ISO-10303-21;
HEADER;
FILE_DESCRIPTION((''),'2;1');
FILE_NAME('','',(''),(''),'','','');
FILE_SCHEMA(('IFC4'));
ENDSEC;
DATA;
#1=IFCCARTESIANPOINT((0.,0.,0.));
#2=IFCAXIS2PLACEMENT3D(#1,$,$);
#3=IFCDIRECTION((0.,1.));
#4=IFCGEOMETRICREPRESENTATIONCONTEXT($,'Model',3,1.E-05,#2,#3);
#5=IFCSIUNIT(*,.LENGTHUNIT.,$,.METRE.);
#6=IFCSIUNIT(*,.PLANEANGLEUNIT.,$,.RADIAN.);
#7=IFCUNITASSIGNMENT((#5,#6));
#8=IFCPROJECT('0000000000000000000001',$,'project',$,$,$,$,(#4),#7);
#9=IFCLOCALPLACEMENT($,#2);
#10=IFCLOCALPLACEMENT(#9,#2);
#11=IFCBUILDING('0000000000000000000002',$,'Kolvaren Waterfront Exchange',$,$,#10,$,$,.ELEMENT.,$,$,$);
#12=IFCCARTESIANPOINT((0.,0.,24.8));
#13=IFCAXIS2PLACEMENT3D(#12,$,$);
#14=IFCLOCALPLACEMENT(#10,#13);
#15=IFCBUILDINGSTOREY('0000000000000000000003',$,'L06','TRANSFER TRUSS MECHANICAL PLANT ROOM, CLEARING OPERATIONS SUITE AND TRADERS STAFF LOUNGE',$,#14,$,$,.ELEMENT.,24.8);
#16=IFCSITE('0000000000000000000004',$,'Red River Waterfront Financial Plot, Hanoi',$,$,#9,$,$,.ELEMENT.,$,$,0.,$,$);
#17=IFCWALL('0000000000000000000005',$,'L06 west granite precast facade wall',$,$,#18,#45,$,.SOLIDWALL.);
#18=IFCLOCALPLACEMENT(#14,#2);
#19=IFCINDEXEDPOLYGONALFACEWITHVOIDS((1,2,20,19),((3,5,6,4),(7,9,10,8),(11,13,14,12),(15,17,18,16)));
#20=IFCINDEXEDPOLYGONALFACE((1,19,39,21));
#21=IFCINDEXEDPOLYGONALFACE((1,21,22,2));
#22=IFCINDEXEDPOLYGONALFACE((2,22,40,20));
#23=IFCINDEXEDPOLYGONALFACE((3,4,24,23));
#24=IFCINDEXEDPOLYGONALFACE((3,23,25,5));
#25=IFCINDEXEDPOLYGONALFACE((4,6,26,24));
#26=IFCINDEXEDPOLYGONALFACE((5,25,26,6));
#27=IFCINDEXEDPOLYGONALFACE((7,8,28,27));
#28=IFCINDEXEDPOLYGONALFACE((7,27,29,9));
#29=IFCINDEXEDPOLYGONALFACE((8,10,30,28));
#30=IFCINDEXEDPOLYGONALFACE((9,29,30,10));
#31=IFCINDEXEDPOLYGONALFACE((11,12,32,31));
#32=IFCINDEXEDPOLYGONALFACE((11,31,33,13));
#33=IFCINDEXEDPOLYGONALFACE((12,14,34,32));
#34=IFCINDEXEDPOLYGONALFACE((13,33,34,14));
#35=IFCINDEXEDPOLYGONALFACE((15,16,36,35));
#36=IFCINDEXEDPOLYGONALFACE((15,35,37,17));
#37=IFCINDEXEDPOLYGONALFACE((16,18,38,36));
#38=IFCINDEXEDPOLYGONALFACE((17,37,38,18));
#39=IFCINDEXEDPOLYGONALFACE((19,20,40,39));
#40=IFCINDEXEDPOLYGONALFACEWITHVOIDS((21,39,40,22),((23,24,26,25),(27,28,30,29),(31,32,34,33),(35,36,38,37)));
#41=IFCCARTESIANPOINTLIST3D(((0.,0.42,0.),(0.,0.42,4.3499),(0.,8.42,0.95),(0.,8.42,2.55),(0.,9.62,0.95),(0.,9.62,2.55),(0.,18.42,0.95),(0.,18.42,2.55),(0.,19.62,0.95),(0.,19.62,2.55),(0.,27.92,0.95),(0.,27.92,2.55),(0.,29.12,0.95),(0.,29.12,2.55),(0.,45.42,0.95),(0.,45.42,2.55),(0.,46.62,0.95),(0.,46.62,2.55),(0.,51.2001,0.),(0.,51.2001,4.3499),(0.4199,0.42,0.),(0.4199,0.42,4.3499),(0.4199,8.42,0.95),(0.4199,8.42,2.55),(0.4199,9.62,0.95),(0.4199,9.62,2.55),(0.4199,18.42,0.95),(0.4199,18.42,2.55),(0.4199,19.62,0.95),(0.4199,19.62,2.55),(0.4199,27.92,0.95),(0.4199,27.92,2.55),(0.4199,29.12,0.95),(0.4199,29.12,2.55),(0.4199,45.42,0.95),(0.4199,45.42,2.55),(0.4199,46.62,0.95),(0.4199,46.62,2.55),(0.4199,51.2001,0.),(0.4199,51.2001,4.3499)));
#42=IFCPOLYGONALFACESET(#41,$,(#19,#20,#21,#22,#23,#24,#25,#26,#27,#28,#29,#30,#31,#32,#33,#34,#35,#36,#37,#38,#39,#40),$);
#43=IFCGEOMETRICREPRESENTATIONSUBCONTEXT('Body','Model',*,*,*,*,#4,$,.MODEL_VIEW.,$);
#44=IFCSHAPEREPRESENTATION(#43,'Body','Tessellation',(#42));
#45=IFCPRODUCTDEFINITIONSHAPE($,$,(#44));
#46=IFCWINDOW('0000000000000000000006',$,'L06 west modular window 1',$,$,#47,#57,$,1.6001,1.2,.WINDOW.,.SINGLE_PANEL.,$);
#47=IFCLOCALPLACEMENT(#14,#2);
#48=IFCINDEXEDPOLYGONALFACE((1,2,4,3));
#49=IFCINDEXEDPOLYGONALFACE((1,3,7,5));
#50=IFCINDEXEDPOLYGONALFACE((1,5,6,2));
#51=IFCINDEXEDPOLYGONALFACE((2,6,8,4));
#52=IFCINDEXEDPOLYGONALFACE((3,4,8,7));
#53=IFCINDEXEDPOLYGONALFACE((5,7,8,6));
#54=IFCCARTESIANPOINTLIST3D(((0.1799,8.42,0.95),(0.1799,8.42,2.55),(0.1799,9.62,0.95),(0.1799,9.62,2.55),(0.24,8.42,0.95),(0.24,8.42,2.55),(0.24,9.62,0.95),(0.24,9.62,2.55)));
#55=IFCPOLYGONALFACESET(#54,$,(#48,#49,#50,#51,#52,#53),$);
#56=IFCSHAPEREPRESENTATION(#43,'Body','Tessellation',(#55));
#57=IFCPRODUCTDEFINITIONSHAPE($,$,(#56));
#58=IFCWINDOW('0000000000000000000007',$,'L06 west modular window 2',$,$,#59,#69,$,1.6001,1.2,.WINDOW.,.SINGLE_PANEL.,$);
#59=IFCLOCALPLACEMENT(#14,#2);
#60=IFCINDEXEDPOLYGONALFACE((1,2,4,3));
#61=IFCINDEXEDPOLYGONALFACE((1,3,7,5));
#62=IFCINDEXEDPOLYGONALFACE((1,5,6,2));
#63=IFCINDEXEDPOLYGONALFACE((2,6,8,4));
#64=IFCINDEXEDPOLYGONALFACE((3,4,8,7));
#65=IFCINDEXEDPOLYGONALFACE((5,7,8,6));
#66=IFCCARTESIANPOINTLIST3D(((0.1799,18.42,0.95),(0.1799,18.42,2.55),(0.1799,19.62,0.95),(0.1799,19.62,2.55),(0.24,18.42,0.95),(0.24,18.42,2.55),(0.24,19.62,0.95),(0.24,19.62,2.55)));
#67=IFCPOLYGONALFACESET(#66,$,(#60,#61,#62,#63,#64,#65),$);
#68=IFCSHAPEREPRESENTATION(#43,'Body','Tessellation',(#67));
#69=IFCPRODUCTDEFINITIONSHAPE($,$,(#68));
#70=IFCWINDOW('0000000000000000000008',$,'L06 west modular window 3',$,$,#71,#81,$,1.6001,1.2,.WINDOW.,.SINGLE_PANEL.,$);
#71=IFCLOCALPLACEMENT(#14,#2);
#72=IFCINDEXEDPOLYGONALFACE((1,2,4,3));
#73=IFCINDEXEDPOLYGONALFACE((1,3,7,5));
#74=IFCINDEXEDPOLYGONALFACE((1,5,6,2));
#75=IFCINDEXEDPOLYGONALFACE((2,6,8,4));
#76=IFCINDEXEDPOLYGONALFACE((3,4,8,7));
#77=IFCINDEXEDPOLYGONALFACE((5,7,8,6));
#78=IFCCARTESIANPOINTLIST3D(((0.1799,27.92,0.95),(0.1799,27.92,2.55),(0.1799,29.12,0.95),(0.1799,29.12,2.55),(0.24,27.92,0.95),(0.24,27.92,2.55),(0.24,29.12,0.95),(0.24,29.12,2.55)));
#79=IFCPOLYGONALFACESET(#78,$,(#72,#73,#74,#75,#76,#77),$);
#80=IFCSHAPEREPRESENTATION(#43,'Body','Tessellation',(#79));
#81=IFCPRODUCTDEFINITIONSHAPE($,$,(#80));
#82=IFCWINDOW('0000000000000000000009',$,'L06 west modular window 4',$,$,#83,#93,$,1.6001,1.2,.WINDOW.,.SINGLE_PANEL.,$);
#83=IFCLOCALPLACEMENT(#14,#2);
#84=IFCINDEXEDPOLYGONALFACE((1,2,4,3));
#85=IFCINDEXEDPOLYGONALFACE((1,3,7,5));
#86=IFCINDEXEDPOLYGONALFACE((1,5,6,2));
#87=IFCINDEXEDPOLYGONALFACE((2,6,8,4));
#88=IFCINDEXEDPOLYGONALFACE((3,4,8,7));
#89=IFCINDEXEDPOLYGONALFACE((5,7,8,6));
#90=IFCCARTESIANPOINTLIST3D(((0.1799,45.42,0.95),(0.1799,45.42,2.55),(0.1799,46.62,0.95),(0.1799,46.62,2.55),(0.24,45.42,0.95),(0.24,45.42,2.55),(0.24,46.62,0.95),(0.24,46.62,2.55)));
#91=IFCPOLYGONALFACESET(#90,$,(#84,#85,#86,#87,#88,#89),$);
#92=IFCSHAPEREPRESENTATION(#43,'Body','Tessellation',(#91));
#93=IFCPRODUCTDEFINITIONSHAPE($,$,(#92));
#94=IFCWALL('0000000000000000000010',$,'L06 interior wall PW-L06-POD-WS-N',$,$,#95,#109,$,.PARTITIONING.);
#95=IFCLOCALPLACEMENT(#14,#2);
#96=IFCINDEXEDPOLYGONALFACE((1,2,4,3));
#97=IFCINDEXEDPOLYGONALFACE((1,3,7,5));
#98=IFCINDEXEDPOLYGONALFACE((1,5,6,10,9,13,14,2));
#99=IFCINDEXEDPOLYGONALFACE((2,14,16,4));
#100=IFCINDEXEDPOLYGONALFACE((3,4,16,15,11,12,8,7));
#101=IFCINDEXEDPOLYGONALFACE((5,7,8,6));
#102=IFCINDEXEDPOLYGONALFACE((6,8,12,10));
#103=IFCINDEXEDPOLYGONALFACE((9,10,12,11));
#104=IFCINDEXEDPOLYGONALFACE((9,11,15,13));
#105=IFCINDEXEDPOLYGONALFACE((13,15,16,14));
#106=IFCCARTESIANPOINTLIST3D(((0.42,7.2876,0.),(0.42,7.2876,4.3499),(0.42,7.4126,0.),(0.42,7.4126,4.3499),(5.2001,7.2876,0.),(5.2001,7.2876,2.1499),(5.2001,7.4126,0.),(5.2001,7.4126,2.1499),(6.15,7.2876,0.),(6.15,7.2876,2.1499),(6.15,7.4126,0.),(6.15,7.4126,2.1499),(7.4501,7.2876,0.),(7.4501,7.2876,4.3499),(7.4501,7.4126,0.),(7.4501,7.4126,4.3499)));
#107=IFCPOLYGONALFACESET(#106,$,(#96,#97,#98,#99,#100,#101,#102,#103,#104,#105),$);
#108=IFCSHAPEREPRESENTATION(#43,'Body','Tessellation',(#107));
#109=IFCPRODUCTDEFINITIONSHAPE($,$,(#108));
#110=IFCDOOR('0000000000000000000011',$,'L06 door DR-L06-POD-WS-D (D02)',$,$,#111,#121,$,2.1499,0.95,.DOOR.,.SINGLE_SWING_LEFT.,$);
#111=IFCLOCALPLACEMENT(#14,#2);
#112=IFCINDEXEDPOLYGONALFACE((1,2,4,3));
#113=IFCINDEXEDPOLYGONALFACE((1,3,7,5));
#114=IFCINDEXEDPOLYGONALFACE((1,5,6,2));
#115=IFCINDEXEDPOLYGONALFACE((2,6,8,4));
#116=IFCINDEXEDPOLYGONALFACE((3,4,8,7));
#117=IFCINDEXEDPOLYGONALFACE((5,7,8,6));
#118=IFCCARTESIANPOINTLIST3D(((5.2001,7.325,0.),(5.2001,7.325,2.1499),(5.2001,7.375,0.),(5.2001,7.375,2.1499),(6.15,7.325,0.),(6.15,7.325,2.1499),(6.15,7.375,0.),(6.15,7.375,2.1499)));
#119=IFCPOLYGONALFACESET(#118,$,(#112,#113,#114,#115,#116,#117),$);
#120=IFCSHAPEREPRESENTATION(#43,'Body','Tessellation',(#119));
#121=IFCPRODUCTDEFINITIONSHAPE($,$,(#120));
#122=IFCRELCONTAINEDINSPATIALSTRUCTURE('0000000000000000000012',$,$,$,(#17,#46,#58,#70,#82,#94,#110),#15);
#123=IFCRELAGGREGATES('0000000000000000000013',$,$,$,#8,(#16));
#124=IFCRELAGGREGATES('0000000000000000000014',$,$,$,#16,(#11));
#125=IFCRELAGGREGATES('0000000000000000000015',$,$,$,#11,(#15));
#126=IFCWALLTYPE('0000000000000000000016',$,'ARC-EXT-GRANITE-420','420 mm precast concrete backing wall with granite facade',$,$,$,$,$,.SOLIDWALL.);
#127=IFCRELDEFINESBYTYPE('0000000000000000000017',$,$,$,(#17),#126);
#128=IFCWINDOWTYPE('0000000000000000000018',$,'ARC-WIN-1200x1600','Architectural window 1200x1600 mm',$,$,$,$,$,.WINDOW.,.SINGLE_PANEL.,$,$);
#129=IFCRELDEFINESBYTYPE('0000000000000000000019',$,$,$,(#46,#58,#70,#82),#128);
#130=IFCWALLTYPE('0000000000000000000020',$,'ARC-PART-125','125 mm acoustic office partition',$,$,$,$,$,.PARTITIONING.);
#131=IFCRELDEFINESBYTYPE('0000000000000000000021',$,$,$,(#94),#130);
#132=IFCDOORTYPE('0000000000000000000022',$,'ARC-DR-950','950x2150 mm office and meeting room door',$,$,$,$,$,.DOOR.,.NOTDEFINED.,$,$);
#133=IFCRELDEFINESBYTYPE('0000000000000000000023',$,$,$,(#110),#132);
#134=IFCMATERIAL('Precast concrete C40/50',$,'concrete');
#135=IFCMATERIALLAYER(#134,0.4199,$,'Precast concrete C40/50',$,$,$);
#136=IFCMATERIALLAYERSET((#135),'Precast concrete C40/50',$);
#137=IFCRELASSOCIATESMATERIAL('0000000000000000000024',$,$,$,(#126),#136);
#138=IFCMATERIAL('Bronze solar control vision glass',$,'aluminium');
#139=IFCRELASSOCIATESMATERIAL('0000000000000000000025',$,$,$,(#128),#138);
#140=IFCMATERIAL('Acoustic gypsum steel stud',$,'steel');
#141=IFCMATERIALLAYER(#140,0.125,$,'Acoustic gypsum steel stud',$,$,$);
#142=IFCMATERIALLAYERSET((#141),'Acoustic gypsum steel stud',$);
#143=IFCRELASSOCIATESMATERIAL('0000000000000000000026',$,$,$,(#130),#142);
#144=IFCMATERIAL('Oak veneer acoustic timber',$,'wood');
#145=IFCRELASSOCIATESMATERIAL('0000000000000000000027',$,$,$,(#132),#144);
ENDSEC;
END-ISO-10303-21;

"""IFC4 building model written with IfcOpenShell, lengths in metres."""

from ifc_helpers import new_model, si_unit, direction, frame, frame_2d, origin, place, context, subcontext, project, spatial, rectangle, extrude, material, layer, layer_set, type_object, element, fill, save


model = new_model("IFC4")

# Units and contexts
model_context = context("Model", 3, precision=1e-05, world=origin(), true_north=direction((0.0, 1.0)))
body_context = subcontext(model_context, "Body", "Model", "MODEL_VIEW")
ifc_project = project(units=[si_unit("LENGTHUNIT", "METRE"), si_unit("PLANEANGLEUNIT", "RADIAN")], contexts=[model_context])

# Site, building, storey
site_placement = place(None, origin())
site = spatial("IfcSite", under=ifc_project, at=site_placement, Name="Red River Waterfront Financial Plot, Hanoi", CompositionType="ELEMENT", RefElevation=0.0)
building_placement = place(site_placement, origin())
building = spatial("IfcBuilding", under=site, at=building_placement, Name="Kolvaren Waterfront Exchange", CompositionType="ELEMENT")
storey_placement = place(building_placement, frame((0.0, 0.0, 24.8)))
storey = spatial("IfcBuildingStorey", under=building, at=storey_placement, Name="L06", Description="TRANSFER TRUSS MECHANICAL PLANT ROOM, CLEARING OPERATIONS SUITE AND TRADERS STAFF LOUNGE", CompositionType="ELEMENT", Elevation=24.8)

# Wall, openings, windows
ifc_material_1 = material(Name="Precast concrete C40/50", Category="concrete")
ifc_layer_1 = layer(ifc_material_1, 0.4199, Name="Precast concrete C40/50")
ifc_layer_set_1 = layer_set([ifc_layer_1], Name="Precast concrete C40/50")
wall_type_1 = type_object("IfcWallType", Name="ARC-EXT-GRANITE-420", Description="420 mm precast concrete backing wall with granite facade", PredefinedType="SOLIDWALL", material=ifc_layer_set_1)
ifc_material_2 = material(Name="Bronze solar control vision glass", Category="aluminium")
window_type = type_object("IfcWindowType", Name="ARC-WIN-1200x1600", Description="Architectural window 1200x1600 mm", PartitioningType="SINGLE_PANEL", PredefinedType="WINDOW", material=ifc_material_2)
wall_1_placement = place(storey_placement, frame((0.21, 0.4199, 0.0), z_axis=(0.0, 0.0, 1.0), x_axis=(0.0, 1.0, 0.0)))
wall_1 = element("IfcWall", 1, at=wall_1_placement, inside=storey, type_object=wall_type_1, Name="L06 west granite precast facade wall", PredefinedType="SOLIDWALL", context=body_context, shape_type="SweptSolid", body=[
    extrude(rectangle(XDim=50.78, YDim=0.4199, at=frame_2d((25.3901, 0.0))), origin(), (0.0, 0.0, 1.0), 4.3499),
])
opening_1_placement = place(wall_1_placement, frame((8.0, 0.0, 0.95)))
opening_1 = element("IfcOpeningElement", 2, at=opening_1_placement, cuts=wall_1, PredefinedType="OPENING", context=body_context, shape_type="SweptSolid", body=[
    extrude(rectangle(XDim=1.2, YDim=1.6001, at=frame_2d((0.6001, 0.8))), frame((0.0, 0.22, 0.0), z_axis=(0.0, -1.0, 0.0), x_axis=(1.0, 0.0, 0.0)), (0.0, 0.0, 1.0), 0.4399),
])
opening_2_placement = place(wall_1_placement, frame((18.0, 0.0, 0.95)))
opening_2 = element("IfcOpeningElement", 3, at=opening_2_placement, cuts=wall_1, PredefinedType="OPENING", context=body_context, shape_type="SweptSolid", body=[
    extrude(rectangle(XDim=1.2, YDim=1.6001, at=frame_2d((0.6001, 0.8))), frame((0.0, 0.22, 0.0), z_axis=(0.0, -1.0, 0.0), x_axis=(1.0, 0.0, 0.0)), (0.0, 0.0, 1.0), 0.4399),
])
opening_3_placement = place(wall_1_placement, frame((27.5, 0.0, 0.95)))
opening_3 = element("IfcOpeningElement", 4, at=opening_3_placement, cuts=wall_1, PredefinedType="OPENING", context=body_context, shape_type="SweptSolid", body=[
    extrude(rectangle(XDim=1.2, YDim=1.6001, at=frame_2d((0.6001, 0.8))), frame((0.0, 0.22, 0.0), z_axis=(0.0, -1.0, 0.0), x_axis=(1.0, 0.0, 0.0)), (0.0, 0.0, 1.0), 0.4399),
])
opening_4_placement = place(wall_1_placement, frame((45.0, 0.0, 0.95)))
opening_4 = element("IfcOpeningElement", 5, at=opening_4_placement, cuts=wall_1, PredefinedType="OPENING", context=body_context, shape_type="SweptSolid", body=[
    extrude(rectangle(XDim=1.2, YDim=1.6001, at=frame_2d((0.6001, 0.8))), frame((0.0, 0.22, 0.0), z_axis=(0.0, -1.0, 0.0), x_axis=(1.0, 0.0, 0.0)), (0.0, 0.0, 1.0), 0.4399),
])
window_1_placement = place(opening_1_placement, origin())
window_1 = element("IfcWindow", 6, at=window_1_placement, inside=storey, type_object=window_type, Name="L06 west modular window 1", OverallHeight=1.6001, OverallWidth=1.2, PartitioningType="SINGLE_PANEL", PredefinedType="WINDOW", context=body_context, shape_type="SweptSolid", body=[
    extrude(rectangle(XDim=1.2, YDim=1.6001, at=frame_2d((0.6001, 0.8))), frame((0.0, 0.03, 0.0), z_axis=(0.0, -1.0, 0.0), x_axis=(1.0, 0.0, 0.0)), (0.0, 0.0, 1.0), 0.0601),
])
fill(opening_1, window_1)
window_2_placement = place(opening_2_placement, origin())
window_2 = element("IfcWindow", 7, at=window_2_placement, inside=storey, type_object=window_type, Name="L06 west modular window 2", OverallHeight=1.6001, OverallWidth=1.2, PartitioningType="SINGLE_PANEL", PredefinedType="WINDOW", context=body_context, shape_type="SweptSolid", body=[
    extrude(rectangle(XDim=1.2, YDim=1.6001, at=frame_2d((0.6001, 0.8))), frame((0.0, 0.03, 0.0), z_axis=(0.0, -1.0, 0.0), x_axis=(1.0, 0.0, 0.0)), (0.0, 0.0, 1.0), 0.0601),
])
fill(opening_2, window_2)
window_3_placement = place(opening_3_placement, origin())
window_3 = element("IfcWindow", 8, at=window_3_placement, inside=storey, type_object=window_type, Name="L06 west modular window 3", OverallHeight=1.6001, OverallWidth=1.2, PartitioningType="SINGLE_PANEL", PredefinedType="WINDOW", context=body_context, shape_type="SweptSolid", body=[
    extrude(rectangle(XDim=1.2, YDim=1.6001, at=frame_2d((0.6001, 0.8))), frame((0.0, 0.03, 0.0), z_axis=(0.0, -1.0, 0.0), x_axis=(1.0, 0.0, 0.0)), (0.0, 0.0, 1.0), 0.0601),
])
fill(opening_3, window_3)
window_4_placement = place(opening_4_placement, origin())
window_4 = element("IfcWindow", 9, at=window_4_placement, inside=storey, type_object=window_type, Name="L06 west modular window 4", OverallHeight=1.6001, OverallWidth=1.2, PartitioningType="SINGLE_PANEL", PredefinedType="WINDOW", context=body_context, shape_type="SweptSolid", body=[
    extrude(rectangle(XDim=1.2, YDim=1.6001, at=frame_2d((0.6001, 0.8))), frame((0.0, 0.03, 0.0), z_axis=(0.0, -1.0, 0.0), x_axis=(1.0, 0.0, 0.0)), (0.0, 0.0, 1.0), 0.0601),
])
fill(opening_4, window_4)

# Wall, opening, door
ifc_material_3 = material(Name="Acoustic gypsum steel stud", Category="steel")
ifc_layer_2 = layer(ifc_material_3, 0.125, Name="Acoustic gypsum steel stud")
ifc_layer_set_2 = layer_set([ifc_layer_2], Name="Acoustic gypsum steel stud")
wall_type_2 = type_object("IfcWallType", Name="ARC-PART-125", Description="125 mm acoustic office partition", PredefinedType="PARTITIONING", material=ifc_layer_set_2)
wall_2_placement = place(storey_placement, frame((0.4199, 7.3501, 0.0), z_axis=(0.0, 0.0, 1.0), x_axis=(1.0, 0.0, 0.0)))
wall_2 = element("IfcWall", 10, at=wall_2_placement, inside=storey, type_object=wall_type_2, Name="L06 interior wall PW-L06-POD-WS-N", PredefinedType="PARTITIONING", context=body_context, shape_type="SweptSolid", body=[
    extrude(rectangle(XDim=7.03, YDim=0.125, at=frame_2d((3.5151, 0.0))), origin(), (0.0, 0.0, 1.0), 4.3499),
])
opening_5_placement = place(wall_2_placement, frame((4.78, 0.0, 0.0)))
opening_5 = element("IfcOpeningElement", 11, at=opening_5_placement, cuts=wall_2, PredefinedType="OPENING", context=body_context, shape_type="SweptSolid", body=[
    extrude(rectangle(XDim=0.95, YDim=2.1499, at=frame_2d((0.4751, 1.075))), frame((0.0, 0.0725, 0.0), z_axis=(0.0, -1.0, 0.0), x_axis=(1.0, 0.0, 0.0)), (0.0, 0.0, 1.0), 0.145),
])
ifc_material_4 = material(Name="Oak veneer acoustic timber", Category="wood")
door_type_1 = type_object("IfcDoorType", Name="ARC-DR-950", Description="950x2150 mm office and meeting room door", OperationType="NOTDEFINED", PredefinedType="DOOR", material=ifc_material_4)
door_1_placement = place(opening_5_placement, origin())
door_1 = element("IfcDoor", 12, at=door_1_placement, inside=storey, type_object=door_type_1, Name="L06 door DR-L06-POD-WS-D (D02)", OperationType="SINGLE_SWING_LEFT", OverallHeight=2.1499, OverallWidth=0.95, PredefinedType="DOOR", context=body_context, shape_type="SweptSolid", body=[
    extrude(rectangle(XDim=0.95, YDim=2.1499, at=frame_2d((0.4751, 1.075))), frame((0.0, 0.0249, 0.0), z_axis=(0.0, -1.0, 0.0), x_axis=(1.0, 0.0, 0.0)), (0.0, 0.0, 1.0), 0.05),
])
fill(opening_5, door_1)

save(model, "model.ifc")
